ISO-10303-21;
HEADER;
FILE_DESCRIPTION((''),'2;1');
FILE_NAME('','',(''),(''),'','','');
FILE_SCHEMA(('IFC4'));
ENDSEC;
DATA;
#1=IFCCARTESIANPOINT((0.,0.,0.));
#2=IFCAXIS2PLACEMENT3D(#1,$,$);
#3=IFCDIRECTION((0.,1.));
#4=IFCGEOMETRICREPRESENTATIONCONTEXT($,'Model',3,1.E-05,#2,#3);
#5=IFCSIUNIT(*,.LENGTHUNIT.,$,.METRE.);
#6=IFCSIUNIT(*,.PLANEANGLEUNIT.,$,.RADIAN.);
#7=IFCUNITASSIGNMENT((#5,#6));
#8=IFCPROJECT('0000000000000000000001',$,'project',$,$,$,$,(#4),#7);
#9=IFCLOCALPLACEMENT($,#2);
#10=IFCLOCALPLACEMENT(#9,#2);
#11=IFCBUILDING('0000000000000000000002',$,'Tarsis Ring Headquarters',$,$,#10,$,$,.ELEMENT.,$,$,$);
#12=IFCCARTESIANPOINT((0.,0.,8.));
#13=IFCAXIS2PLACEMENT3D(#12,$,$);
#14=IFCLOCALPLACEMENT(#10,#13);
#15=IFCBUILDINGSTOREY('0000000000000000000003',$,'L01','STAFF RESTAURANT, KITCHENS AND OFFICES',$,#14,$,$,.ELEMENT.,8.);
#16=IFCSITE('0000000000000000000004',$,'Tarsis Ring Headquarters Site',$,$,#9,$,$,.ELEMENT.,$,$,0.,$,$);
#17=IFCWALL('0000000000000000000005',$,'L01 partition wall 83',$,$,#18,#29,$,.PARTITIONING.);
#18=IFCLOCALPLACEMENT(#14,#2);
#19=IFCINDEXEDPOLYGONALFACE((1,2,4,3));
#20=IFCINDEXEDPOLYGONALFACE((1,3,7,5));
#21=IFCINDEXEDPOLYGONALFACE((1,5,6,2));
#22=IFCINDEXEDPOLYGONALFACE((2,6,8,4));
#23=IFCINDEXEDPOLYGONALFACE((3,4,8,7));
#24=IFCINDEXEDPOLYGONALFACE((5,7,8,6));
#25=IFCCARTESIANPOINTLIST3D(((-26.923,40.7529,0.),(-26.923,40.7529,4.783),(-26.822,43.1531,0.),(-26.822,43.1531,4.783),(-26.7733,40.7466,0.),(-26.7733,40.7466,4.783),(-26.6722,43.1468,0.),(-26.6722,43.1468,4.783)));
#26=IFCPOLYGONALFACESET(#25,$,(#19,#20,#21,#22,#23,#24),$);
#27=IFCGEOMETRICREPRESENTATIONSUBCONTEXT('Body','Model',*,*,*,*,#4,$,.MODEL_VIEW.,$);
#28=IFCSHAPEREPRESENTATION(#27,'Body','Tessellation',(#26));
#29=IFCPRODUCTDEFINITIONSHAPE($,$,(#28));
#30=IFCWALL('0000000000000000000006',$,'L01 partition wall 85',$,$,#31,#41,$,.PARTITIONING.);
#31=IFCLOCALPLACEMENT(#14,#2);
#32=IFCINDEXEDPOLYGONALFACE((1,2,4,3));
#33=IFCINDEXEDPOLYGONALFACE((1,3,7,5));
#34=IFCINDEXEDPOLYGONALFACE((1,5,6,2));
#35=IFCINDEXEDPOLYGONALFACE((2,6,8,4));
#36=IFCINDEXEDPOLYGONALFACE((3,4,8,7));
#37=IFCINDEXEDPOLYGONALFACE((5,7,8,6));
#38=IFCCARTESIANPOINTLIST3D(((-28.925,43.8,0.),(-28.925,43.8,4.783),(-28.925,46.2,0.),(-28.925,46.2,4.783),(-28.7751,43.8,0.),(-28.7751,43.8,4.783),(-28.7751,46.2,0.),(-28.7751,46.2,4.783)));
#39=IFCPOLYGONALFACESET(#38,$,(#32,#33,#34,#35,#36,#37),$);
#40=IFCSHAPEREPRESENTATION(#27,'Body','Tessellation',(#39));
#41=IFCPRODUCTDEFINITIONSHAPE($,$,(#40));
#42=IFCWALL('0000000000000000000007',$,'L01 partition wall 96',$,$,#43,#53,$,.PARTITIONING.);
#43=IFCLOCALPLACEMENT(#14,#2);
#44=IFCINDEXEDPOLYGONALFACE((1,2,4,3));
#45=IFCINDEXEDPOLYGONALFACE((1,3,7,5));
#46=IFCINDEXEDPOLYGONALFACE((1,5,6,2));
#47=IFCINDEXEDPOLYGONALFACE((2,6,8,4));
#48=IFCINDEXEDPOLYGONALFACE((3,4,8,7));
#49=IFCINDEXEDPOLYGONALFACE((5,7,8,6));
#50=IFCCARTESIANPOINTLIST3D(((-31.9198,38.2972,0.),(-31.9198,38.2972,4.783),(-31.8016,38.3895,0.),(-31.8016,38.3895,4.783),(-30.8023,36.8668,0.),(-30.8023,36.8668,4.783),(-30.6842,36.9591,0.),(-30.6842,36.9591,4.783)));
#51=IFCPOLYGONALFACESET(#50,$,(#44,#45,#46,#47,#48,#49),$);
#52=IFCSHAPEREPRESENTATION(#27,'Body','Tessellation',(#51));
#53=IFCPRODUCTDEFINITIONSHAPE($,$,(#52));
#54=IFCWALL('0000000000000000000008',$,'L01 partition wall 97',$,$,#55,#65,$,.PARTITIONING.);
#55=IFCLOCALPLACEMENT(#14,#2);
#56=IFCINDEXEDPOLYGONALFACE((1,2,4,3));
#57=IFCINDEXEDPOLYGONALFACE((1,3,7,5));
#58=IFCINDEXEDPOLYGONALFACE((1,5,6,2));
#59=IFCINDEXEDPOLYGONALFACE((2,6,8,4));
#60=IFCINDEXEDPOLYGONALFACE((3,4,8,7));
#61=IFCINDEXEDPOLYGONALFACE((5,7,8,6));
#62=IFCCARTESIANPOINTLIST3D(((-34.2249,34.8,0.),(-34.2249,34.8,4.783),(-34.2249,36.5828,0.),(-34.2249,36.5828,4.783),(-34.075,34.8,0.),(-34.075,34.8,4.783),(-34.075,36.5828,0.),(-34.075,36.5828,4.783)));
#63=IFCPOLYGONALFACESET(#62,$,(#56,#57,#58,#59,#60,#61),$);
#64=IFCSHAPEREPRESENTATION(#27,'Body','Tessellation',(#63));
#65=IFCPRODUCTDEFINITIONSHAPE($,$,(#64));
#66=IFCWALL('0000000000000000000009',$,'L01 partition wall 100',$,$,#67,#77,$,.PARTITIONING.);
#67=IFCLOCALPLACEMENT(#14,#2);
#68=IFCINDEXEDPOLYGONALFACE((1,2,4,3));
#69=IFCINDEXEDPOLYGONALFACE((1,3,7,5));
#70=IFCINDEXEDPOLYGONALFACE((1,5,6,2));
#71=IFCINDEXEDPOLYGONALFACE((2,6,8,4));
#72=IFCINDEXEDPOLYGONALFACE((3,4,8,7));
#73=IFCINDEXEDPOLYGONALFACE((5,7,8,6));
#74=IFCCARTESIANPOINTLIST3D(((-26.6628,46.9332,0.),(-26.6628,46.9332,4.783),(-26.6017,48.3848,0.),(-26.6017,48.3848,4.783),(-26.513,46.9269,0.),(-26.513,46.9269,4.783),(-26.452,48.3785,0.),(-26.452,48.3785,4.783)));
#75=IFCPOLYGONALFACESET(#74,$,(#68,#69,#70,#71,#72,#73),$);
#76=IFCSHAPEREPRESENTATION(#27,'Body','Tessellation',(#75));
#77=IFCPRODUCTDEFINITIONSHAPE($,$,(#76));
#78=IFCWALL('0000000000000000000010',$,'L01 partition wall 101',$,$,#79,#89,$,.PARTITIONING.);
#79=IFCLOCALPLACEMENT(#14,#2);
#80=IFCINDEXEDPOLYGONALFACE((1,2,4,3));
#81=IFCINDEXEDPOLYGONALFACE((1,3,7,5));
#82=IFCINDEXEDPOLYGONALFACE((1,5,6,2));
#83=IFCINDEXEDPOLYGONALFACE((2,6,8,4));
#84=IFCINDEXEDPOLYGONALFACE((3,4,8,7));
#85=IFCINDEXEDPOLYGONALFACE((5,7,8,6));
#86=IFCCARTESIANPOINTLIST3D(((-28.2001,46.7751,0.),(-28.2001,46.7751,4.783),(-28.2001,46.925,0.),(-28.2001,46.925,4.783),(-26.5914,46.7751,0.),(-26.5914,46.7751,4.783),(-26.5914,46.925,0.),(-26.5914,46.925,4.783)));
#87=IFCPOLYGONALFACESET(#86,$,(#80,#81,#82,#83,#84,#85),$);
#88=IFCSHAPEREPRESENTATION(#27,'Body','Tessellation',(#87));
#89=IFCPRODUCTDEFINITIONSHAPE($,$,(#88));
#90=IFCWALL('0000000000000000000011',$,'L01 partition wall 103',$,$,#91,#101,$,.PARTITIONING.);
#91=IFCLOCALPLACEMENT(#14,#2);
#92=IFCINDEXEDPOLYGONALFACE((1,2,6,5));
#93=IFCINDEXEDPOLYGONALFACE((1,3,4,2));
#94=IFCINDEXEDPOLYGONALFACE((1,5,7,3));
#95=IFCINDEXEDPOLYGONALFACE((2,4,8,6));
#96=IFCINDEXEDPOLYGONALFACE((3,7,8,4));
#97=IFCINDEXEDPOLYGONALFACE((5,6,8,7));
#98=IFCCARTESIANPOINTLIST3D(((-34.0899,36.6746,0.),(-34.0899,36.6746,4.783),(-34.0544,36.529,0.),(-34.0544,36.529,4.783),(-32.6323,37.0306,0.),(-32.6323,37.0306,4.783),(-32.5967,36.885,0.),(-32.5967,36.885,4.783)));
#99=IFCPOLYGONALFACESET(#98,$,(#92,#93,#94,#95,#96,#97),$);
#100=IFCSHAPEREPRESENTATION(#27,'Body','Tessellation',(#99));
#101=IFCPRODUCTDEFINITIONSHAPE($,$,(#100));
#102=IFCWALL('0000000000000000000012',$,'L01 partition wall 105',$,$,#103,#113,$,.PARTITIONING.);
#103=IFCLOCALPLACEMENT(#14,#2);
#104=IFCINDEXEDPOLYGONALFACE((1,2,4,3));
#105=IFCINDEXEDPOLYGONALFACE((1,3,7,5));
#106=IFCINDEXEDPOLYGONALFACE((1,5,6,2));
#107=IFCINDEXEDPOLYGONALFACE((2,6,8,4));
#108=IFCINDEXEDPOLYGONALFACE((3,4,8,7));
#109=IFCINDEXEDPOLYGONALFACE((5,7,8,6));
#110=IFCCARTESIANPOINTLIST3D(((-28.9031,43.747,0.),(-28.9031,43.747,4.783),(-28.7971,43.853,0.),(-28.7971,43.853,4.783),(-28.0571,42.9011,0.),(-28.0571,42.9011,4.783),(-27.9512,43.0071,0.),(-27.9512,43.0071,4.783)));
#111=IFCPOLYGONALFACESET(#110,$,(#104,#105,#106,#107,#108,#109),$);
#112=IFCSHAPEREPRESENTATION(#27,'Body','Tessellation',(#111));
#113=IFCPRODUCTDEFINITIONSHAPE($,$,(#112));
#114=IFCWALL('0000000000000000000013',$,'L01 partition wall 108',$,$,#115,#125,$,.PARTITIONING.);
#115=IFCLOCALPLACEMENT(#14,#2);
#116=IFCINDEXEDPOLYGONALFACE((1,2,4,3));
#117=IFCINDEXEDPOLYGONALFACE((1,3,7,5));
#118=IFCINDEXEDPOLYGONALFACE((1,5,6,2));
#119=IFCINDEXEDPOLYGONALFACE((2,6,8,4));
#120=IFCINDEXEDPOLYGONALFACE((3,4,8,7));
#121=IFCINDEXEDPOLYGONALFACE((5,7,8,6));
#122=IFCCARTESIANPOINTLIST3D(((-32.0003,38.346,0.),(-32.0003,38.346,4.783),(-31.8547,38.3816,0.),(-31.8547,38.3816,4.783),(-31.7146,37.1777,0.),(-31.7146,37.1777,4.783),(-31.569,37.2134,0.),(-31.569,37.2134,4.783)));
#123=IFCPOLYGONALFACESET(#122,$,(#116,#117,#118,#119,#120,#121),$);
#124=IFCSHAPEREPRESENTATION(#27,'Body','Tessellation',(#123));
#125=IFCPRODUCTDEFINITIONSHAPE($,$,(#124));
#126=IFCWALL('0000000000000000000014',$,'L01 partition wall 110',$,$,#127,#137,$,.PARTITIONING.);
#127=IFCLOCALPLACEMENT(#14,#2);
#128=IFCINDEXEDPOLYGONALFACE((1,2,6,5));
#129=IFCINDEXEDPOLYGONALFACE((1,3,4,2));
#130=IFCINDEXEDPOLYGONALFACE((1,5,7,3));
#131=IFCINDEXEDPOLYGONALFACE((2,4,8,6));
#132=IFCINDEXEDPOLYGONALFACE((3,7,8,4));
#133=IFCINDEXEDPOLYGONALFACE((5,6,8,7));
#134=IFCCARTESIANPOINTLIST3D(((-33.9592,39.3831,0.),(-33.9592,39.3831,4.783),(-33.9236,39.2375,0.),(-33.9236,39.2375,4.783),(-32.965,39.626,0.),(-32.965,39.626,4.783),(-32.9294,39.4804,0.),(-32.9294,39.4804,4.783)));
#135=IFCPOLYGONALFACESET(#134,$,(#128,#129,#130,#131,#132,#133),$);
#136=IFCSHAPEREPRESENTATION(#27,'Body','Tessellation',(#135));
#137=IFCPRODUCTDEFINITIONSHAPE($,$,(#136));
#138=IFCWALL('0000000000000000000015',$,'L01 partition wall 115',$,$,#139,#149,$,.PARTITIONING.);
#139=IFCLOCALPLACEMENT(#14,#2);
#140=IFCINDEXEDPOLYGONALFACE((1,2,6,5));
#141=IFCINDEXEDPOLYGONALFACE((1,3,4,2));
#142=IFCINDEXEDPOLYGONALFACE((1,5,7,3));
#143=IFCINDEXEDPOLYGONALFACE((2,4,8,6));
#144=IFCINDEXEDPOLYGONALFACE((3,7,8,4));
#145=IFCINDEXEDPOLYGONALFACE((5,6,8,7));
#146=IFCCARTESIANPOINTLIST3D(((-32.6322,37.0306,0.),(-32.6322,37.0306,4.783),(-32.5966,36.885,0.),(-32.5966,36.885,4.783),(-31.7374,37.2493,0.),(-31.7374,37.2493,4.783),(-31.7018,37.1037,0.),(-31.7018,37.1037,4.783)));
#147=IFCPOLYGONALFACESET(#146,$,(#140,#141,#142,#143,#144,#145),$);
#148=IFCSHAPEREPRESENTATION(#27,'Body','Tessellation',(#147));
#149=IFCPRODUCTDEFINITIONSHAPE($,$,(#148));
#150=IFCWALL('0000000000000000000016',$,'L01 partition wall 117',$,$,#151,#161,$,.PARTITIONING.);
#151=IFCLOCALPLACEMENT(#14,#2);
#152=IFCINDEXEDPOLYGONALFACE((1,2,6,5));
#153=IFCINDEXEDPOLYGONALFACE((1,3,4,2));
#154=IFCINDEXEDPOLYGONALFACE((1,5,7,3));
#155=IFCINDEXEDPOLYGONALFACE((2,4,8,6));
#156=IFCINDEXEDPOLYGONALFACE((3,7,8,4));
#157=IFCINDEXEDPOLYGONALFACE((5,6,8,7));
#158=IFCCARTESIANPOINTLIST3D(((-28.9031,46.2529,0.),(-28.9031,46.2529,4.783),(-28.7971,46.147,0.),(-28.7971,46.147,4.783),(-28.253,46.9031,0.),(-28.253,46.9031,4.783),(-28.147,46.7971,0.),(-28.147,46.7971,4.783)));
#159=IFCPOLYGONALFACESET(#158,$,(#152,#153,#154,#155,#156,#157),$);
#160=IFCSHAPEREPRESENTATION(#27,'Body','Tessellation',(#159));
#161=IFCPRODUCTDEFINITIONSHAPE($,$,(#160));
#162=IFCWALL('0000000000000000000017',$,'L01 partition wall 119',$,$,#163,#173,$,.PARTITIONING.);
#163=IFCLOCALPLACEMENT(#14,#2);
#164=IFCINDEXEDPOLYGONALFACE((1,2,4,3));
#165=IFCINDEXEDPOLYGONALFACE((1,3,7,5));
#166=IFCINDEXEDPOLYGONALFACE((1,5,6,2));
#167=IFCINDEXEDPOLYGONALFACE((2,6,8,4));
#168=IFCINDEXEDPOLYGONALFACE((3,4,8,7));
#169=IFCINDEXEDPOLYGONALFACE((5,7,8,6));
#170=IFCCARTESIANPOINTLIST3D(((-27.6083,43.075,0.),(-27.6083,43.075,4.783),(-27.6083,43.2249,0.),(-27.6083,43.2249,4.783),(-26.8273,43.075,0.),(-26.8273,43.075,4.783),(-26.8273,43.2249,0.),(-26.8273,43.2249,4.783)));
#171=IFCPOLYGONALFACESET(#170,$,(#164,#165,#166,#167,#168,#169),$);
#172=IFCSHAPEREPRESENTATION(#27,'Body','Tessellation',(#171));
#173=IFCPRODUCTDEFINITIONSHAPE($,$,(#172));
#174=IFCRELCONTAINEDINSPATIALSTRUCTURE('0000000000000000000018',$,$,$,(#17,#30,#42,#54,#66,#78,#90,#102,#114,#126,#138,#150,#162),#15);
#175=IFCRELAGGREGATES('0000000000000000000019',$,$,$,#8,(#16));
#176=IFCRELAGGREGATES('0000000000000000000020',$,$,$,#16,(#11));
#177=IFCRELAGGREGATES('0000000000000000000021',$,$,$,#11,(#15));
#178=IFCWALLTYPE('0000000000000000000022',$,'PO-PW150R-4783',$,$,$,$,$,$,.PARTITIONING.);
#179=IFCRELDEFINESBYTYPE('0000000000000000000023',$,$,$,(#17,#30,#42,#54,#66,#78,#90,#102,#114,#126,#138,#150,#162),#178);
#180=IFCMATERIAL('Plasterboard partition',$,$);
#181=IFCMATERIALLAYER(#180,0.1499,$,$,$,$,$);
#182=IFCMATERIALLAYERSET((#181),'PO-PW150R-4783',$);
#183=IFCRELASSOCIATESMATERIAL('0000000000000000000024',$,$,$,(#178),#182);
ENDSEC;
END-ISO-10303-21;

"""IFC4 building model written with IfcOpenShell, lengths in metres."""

from ifc_helpers import new_model, si_unit, direction, frame, frame_2d, origin, place, context, subcontext, project, spatial, rectangle, extrude, material, layer, layer_set, type_object, element, save


model = new_model("IFC4")

# Units and contexts
model_context = context("Model", 3, precision=1e-05, world=origin(), true_north=direction((0.0, 1.0)))
body_context = subcontext(model_context, "Body", "Model", "MODEL_VIEW")
ifc_project = project(units=[si_unit("LENGTHUNIT", "METRE"), si_unit("PLANEANGLEUNIT", "RADIAN")], contexts=[model_context])

# Site, building, storey
site_placement = place(None, origin())
site = spatial("IfcSite", under=ifc_project, at=site_placement, Name="Tarsis Ring Headquarters Site", CompositionType="ELEMENT", RefElevation=0.0)
building_placement = place(site_placement, origin())
building = spatial("IfcBuilding", under=site, at=building_placement, Name="Tarsis Ring Headquarters", CompositionType="ELEMENT")
storey_placement = place(building_placement, frame((0.0, 0.0, 8.0)))
storey = spatial("IfcBuildingStorey", under=building, at=storey_placement, Name="L01", Description="STAFF RESTAURANT, KITCHENS AND OFFICES", CompositionType="ELEMENT", Elevation=8.0)

# Shared definitions
ifc_material_1 = material(Name="Plasterboard partition")

# Shared definitions
ifc_layer_1 = layer(ifc_material_1, 0.1499)
ifc_layer_set_1 = layer_set([ifc_layer_1], Name="PO-PW150R-4783")
wall_type_1 = type_object("IfcWallType", Name="PO-PW150R-4783", PredefinedType="PARTITIONING", material=ifc_layer_set_1)

# Walls
wall_1_placement = place(storey_placement, frame((-26.8481, 40.7498, 0.0), z_axis=(0.0, 0.0, 1.0), x_axis=(0.042074, 0.999114, 0.0)))
element("IfcWall", 1, at=wall_1_placement, inside=storey, type_object=wall_type_1, Name="L01 partition wall 83", PredefinedType="PARTITIONING", context=body_context, shape_type="SweptSolid", body=[
    extrude(rectangle(XDim=2.4023, YDim=0.1499, at=frame_2d((1.2012, 0.0))), origin(), (0.0, 0.0, 1.0), 4.783),
])
wall_2_placement = place(storey_placement, frame((-28.8501, 43.8, 0.0), z_axis=(0.0, 0.0, 1.0), x_axis=(0.0, 1.0, 0.0)))
element("IfcWall", 2, at=wall_2_placement, inside=storey, type_object=wall_type_1, Name="L01 partition wall 85", PredefinedType="PARTITIONING", context=body_context, shape_type="SweptSolid", body=[
    extrude(rectangle(XDim=2.3999, YDim=0.1499, at=frame_2d((1.2, 0.0))), origin(), (0.0, 0.0, 1.0), 4.783),
])
wall_3_placement = place(storey_placement, frame((-30.7432, 36.9128, 0.0), z_axis=(0.0, 0.0, 1.0), x_axis=(-0.615615, 0.788047, 0.0)))
element("IfcWall", 3, at=wall_3_placement, inside=storey, type_object=wall_type_1, Name="L01 partition wall 96", PredefinedType="PARTITIONING", context=body_context, shape_type="SweptSolid", body=[
    extrude(rectangle(XDim=1.8152, YDim=0.1499, at=frame_2d((0.9077, 0.0))), origin(), (0.0, 0.0, 1.0), 4.783),
])
wall_4_placement = place(storey_placement, frame((-34.1499, 36.5828, 0.0), z_axis=(0.0, 0.0, 1.0), x_axis=(0.0, -1.0, 0.0)))
element("IfcWall", 4, at=wall_4_placement, inside=storey, type_object=wall_type_1, Name="L01 partition wall 97", PredefinedType="PARTITIONING", context=body_context, shape_type="SweptSolid", body=[
    extrude(rectangle(XDim=1.7827, YDim=0.1499, at=frame_2d((0.8914, 0.0))), origin(), (0.0, 0.0, 1.0), 4.783),
])
wall_5_placement = place(storey_placement, frame((-26.5879, 46.9299, 0.0), z_axis=(0.0, 0.0, 1.0), x_axis=(0.042008, 0.999117, 0.0)))
element("IfcWall", 5, at=wall_5_placement, inside=storey, type_object=wall_type_1, Name="L01 partition wall 100", PredefinedType="PARTITIONING", context=body_context, shape_type="SweptSolid", body=[
    extrude(rectangle(XDim=1.4529, YDim=0.1499, at=frame_2d((0.7266, 0.0))), origin(), (0.0, 0.0, 1.0), 4.783),
])
wall_6_placement = place(storey_placement, frame((-28.2, 46.8501, 0.0), z_axis=(0.0, 0.0, 1.0), x_axis=(1.0, 0.0, 0.0)))
element("IfcWall", 6, at=wall_6_placement, inside=storey, type_object=wall_type_1, Name="L01 partition wall 101", PredefinedType="PARTITIONING", context=body_context, shape_type="SweptSolid", body=[
    extrude(rectangle(XDim=1.6086, YDim=0.1499, at=frame_2d((0.8042, 0.0))), origin(), (0.0, 0.0, 1.0), 4.783),
])
wall_7_placement = place(storey_placement, frame((-32.6145, 36.9578, 0.0), z_axis=(0.0, 0.0, 1.0), x_axis=(-0.971458, -0.237211, 0.0)))
element("IfcWall", 7, at=wall_7_placement, inside=storey, type_object=wall_type_1, Name="L01 partition wall 103", PredefinedType="PARTITIONING", context=body_context, shape_type="SweptSolid", body=[
    extrude(rectangle(XDim=1.5005, YDim=0.1499, at=frame_2d((0.7502, 0.0))), origin(), (0.0, 0.0, 1.0), 4.783),
])
wall_8_placement = place(storey_placement, frame((-28.0042, 42.9541, 0.0), z_axis=(0.0, 0.0, 1.0), x_axis=(-0.707107, 0.707107, 0.0)))
element("IfcWall", 8, at=wall_8_placement, inside=storey, type_object=wall_type_1, Name="L01 partition wall 105", PredefinedType="PARTITIONING", context=body_context, shape_type="SweptSolid", body=[
    extrude(rectangle(XDim=1.1963, YDim=0.1499, at=frame_2d((0.5981, 0.0))), origin(), (0.0, 0.0, 1.0), 4.783),
])
wall_9_placement = place(storey_placement, frame((-31.9275, 38.3638, 0.0), z_axis=(0.0, 0.0, 1.0), x_axis=(0.237517, -0.971383, 0.0)))
element("IfcWall", 9, at=wall_9_placement, inside=storey, type_object=wall_type_1, Name="L01 partition wall 108", PredefinedType="PARTITIONING", context=body_context, shape_type="SweptSolid", body=[
    extrude(rectangle(XDim=1.2026, YDim=0.1499, at=frame_2d((0.6013, 0.0))), origin(), (0.0, 0.0, 1.0), 4.783),
])
wall_10_placement = place(storey_placement, frame((-33.9414, 39.3103, 0.0), z_axis=(0.0, 0.0, 1.0), x_axis=(0.97142, 0.237368, 0.0)))
element("IfcWall", 10, at=wall_10_placement, inside=storey, type_object=wall_type_1, Name="L01 partition wall 110", PredefinedType="PARTITIONING", context=body_context, shape_type="SweptSolid", body=[
    extrude(rectangle(XDim=1.0234, YDim=0.1499, at=frame_2d((0.5117, 0.0))), origin(), (0.0, 0.0, 1.0), 4.783),
])
wall_11_placement = place(storey_placement, frame((-31.7197, 37.1765, 0.0), z_axis=(0.0, 0.0, 1.0), x_axis=(-0.971392, -0.237481, 0.0)))
element("IfcWall", 11, at=wall_11_placement, inside=storey, type_object=wall_type_1, Name="L01 partition wall 115", PredefinedType="PARTITIONING", context=body_context, shape_type="SweptSolid", body=[
    extrude(rectangle(XDim=0.9211, YDim=0.1499, at=frame_2d((0.4604, 0.0))), origin(), (0.0, 0.0, 1.0), 4.783),
])
wall_12_placement = place(storey_placement, frame((-28.8501, 46.2, 0.0), z_axis=(0.0, 0.0, 1.0), x_axis=(0.707107, 0.707107, 0.0)))
element("IfcWall", 12, at=wall_12_placement, inside=storey, type_object=wall_type_1, Name="L01 partition wall 117", PredefinedType="PARTITIONING", context=body_context, shape_type="SweptSolid", body=[
    extrude(rectangle(XDim=0.9194, YDim=0.1499, at=frame_2d((0.4597, 0.0))), origin(), (0.0, 0.0, 1.0), 4.783),
])
wall_13_placement = place(storey_placement, frame((-26.8271, 43.1499, 0.0), z_axis=(0.0, 0.0, 1.0), x_axis=(-1.0, 0.0, 0.0)))
element("IfcWall", 13, at=wall_13_placement, inside=storey, type_object=wall_type_1, Name="L01 partition wall 119", PredefinedType="PARTITIONING", context=body_context, shape_type="SweptSolid", body=[
    extrude(rectangle(XDim=0.781, YDim=0.1499, at=frame_2d((0.3906, 0.0))), origin(), (0.0, 0.0, 1.0), 4.783),
])

save(model, "model.ifc")
